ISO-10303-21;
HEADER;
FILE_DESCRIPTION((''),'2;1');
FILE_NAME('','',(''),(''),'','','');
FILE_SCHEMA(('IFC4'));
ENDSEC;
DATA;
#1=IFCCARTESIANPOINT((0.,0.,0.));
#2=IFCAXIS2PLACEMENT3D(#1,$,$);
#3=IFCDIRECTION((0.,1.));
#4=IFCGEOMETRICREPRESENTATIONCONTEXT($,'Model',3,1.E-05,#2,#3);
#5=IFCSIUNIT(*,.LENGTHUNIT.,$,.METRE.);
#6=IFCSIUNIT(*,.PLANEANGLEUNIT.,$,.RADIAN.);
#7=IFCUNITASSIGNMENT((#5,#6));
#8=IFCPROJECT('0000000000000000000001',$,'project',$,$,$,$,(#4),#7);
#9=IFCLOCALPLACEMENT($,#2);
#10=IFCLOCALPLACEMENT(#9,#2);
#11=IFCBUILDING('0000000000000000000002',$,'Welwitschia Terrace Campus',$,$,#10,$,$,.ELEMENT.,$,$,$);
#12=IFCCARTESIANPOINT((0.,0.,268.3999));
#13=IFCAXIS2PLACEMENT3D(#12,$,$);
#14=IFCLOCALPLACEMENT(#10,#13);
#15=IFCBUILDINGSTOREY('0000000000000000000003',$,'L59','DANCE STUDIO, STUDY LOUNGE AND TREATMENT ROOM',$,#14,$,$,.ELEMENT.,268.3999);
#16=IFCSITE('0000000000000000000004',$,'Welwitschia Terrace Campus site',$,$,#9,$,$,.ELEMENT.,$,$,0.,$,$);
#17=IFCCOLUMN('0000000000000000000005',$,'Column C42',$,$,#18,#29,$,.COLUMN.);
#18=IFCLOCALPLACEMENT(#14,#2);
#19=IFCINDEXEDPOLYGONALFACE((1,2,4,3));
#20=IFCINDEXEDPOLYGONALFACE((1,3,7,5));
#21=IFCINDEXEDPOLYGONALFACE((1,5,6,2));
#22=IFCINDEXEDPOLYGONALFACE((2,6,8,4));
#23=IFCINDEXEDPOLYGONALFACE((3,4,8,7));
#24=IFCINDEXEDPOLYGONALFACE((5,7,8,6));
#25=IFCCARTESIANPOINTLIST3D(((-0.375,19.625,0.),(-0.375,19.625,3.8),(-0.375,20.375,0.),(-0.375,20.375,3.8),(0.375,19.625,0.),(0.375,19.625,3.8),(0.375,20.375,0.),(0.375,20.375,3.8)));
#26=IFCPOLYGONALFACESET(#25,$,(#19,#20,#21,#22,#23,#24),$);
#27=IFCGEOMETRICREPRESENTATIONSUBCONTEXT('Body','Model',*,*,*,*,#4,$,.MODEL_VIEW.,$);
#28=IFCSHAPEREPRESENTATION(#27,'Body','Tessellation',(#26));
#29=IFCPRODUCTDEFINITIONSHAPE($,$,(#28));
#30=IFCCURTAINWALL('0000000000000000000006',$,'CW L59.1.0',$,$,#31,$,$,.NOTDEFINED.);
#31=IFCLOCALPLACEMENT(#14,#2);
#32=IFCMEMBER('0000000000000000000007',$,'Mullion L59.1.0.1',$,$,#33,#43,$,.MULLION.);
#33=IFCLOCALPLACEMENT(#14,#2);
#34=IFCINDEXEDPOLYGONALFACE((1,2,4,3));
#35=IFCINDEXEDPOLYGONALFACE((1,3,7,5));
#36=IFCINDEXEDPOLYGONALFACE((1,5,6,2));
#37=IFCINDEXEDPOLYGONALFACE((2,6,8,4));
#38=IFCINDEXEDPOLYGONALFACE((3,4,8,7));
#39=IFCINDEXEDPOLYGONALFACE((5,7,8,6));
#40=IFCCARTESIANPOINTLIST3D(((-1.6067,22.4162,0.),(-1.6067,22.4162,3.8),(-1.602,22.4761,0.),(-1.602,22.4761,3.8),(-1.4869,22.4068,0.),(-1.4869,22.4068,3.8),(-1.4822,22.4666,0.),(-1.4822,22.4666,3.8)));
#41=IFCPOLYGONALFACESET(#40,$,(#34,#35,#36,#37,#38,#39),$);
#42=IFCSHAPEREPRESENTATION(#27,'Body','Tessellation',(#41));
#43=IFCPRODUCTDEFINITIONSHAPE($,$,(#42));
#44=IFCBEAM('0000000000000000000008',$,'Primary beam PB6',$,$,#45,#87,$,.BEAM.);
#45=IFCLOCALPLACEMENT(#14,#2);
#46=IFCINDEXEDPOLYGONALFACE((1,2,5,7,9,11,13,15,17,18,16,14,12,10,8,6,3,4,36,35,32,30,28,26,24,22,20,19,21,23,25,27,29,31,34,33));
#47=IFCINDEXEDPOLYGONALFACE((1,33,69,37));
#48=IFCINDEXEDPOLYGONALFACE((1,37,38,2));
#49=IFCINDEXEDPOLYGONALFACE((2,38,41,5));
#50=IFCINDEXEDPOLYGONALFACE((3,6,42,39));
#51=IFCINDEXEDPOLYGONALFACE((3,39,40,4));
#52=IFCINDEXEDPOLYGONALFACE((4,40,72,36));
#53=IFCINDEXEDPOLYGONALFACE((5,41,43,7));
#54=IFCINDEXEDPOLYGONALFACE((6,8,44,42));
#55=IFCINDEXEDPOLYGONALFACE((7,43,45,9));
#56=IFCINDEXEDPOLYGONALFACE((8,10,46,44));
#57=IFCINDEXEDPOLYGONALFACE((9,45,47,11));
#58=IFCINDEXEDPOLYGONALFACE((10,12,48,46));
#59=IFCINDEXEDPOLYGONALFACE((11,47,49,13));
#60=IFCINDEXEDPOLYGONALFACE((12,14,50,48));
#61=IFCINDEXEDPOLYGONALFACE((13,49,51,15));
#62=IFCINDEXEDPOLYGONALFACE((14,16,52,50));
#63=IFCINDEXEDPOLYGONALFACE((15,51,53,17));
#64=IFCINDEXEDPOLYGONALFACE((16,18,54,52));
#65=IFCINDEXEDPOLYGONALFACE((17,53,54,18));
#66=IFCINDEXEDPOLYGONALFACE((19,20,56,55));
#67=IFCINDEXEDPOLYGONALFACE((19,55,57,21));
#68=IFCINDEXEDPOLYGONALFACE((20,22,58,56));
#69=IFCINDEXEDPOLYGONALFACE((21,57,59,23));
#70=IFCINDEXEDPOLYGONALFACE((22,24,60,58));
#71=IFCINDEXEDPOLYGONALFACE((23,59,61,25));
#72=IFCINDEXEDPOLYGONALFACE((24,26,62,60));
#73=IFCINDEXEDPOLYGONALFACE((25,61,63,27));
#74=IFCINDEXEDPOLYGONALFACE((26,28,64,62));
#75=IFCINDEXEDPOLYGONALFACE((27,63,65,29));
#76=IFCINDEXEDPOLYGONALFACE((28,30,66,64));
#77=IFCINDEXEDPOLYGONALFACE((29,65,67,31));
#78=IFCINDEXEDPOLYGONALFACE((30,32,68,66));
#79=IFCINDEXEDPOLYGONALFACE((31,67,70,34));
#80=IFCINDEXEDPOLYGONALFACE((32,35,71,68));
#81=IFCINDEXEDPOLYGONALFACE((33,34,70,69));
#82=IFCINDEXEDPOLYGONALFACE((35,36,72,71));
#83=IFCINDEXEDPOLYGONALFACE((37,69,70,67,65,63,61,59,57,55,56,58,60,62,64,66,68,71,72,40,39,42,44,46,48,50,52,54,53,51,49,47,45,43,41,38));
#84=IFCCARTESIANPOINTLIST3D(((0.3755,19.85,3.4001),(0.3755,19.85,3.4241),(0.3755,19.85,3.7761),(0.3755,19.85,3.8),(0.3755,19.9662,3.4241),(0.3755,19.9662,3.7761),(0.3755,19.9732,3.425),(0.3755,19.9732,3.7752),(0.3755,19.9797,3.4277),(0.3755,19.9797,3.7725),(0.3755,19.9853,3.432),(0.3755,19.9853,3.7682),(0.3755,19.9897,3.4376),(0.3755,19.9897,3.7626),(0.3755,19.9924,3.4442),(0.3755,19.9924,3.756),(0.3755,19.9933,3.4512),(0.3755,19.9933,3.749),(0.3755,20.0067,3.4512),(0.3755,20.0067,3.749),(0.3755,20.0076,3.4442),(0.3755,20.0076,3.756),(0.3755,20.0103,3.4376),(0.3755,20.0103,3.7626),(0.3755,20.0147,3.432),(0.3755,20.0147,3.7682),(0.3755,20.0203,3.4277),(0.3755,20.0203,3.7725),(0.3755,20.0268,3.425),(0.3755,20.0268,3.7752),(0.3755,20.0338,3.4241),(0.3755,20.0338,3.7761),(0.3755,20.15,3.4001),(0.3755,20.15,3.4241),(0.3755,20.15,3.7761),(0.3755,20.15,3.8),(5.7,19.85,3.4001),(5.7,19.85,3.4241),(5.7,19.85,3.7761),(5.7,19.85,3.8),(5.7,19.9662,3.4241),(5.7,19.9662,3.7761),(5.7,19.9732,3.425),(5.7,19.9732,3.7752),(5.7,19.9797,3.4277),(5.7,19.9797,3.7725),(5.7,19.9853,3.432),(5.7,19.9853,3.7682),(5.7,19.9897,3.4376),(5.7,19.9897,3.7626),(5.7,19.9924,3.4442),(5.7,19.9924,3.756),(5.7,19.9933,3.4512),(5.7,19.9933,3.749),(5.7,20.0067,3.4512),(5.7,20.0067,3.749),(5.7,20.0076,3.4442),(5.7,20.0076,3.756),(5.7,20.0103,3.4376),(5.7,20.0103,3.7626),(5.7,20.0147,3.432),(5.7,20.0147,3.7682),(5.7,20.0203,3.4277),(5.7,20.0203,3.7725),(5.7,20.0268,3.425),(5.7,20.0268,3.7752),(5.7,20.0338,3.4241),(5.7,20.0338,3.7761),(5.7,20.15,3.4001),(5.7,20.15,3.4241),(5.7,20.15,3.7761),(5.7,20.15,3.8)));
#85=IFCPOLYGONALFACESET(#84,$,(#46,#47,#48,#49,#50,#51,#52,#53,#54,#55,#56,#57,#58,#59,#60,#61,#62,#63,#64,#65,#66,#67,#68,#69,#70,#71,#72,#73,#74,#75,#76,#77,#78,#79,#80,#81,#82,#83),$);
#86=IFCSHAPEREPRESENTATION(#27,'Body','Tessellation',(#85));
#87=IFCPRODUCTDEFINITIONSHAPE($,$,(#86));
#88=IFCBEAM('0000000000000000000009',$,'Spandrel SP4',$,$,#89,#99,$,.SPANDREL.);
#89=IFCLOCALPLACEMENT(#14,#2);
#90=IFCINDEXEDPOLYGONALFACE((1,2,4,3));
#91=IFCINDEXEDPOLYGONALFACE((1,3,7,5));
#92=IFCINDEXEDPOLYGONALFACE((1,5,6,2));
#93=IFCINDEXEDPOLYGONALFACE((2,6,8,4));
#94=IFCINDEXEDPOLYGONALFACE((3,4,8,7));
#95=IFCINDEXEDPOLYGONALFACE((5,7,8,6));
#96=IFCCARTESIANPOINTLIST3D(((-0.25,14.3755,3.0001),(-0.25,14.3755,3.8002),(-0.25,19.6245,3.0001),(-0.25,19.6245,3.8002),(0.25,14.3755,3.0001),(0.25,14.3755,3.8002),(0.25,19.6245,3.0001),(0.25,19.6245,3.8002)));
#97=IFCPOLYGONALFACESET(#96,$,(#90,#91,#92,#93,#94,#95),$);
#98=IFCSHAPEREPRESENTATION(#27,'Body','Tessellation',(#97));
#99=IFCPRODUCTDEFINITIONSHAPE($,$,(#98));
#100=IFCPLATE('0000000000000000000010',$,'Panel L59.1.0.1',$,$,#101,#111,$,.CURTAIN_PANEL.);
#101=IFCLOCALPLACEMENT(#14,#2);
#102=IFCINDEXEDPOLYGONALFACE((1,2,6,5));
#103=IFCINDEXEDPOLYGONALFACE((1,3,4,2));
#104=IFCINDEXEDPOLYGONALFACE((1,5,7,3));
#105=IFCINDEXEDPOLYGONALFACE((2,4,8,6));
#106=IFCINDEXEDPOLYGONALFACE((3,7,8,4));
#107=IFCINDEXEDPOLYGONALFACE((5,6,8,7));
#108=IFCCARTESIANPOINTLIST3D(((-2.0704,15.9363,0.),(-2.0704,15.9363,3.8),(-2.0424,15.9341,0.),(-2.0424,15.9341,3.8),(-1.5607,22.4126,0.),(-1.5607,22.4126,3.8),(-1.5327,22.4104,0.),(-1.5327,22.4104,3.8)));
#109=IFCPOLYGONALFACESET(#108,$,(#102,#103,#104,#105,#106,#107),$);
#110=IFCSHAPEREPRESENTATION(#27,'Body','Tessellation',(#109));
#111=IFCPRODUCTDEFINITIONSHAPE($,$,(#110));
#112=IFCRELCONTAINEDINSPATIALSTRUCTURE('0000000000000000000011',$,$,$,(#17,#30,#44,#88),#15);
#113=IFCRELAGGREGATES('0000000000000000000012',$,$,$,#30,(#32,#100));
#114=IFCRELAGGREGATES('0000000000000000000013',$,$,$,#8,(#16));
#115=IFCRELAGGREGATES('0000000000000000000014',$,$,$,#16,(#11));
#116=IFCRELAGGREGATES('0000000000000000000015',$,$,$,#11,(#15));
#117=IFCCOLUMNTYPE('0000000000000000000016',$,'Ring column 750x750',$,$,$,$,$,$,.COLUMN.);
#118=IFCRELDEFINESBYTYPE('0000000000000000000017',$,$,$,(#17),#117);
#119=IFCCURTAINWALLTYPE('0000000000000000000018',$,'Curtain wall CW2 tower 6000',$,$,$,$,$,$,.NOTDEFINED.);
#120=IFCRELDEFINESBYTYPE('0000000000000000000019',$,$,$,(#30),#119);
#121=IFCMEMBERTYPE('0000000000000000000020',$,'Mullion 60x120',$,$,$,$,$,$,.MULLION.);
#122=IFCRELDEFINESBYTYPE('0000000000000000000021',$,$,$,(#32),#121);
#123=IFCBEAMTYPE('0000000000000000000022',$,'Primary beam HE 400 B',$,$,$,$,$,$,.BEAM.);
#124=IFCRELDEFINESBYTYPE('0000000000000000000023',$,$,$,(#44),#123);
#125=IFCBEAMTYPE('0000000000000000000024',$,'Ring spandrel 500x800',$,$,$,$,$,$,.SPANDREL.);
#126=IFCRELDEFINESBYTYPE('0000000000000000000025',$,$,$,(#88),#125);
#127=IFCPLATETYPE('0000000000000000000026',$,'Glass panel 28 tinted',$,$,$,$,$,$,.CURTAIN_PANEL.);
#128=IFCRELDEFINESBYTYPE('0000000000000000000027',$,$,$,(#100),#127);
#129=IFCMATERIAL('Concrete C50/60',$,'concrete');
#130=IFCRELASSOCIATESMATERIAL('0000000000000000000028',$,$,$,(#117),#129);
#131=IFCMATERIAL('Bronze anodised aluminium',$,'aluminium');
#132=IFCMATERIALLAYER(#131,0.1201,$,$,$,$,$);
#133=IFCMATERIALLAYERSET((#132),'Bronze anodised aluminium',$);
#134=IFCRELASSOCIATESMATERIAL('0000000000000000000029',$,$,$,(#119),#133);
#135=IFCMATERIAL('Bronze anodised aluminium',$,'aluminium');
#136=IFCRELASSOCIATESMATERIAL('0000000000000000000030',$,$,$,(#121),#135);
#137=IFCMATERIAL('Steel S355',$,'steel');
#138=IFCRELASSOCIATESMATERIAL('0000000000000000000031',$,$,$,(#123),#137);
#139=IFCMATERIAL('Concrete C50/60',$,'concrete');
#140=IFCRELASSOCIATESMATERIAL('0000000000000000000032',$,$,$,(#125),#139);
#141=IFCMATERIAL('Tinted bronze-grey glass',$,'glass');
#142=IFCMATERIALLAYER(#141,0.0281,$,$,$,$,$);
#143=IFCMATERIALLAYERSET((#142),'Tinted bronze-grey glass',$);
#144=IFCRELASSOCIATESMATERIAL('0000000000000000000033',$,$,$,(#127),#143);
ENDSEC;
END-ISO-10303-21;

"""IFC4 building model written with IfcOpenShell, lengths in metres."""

from ifc_helpers import new_model, si_unit, direction, frame, origin, origin_2d, place, context, subcontext, project, spatial, rectangle, i_section, extrude, material, layer, layer_set, material_profile, profile_set, type_object, element, aggregate, save


model = new_model("IFC4")

# Units and contexts
model_context = context("Model", 3, precision=1e-05, world=origin(), true_north=direction((0.0, 1.0)))
body_context = subcontext(model_context, "Body", "Model", "MODEL_VIEW")
ifc_project = project(units=[si_unit("LENGTHUNIT", "METRE"), si_unit("PLANEANGLEUNIT", "RADIAN")], contexts=[model_context])

# Site, building, storey
site_placement = place(None, origin())
site = spatial("IfcSite", under=ifc_project, at=site_placement, Name="Welwitschia Terrace Campus site", CompositionType="ELEMENT", RefElevation=0.0)
building_placement = place(site_placement, origin())
building = spatial("IfcBuilding", under=site, at=building_placement, Name="Welwitschia Terrace Campus", CompositionType="ELEMENT")
storey_placement = place(building_placement, frame((0.0, 0.0, 268.3999)))
storey = spatial("IfcBuildingStorey", under=building, at=storey_placement, Name="L59", Description="DANCE STUDIO, STUDY LOUNGE AND TREATMENT ROOM", CompositionType="ELEMENT", Elevation=268.3999)

# Column
ifc_material_1 = material(Name="Concrete C50/60", Category="concrete")
ifc_material_profile_1 = material_profile(ifc_material_1, rectangle(XDim=0.75, YDim=0.75, at=origin_2d()))
ifc_profile_set_1 = profile_set([ifc_material_profile_1], Name="Concrete C50/60")
column_type = type_object("IfcColumnType", Name="Ring column 750x750", PredefinedType="COLUMN", material=ifc_profile_set_1)
column_placement = place(storey_placement, frame((0.0, 20.0, 0.0), z_axis=(0.0, 0.0, 1.0), x_axis=(1.0, 0.0, 0.0)))
element("IfcColumn", 1, at=column_placement, inside=storey, type_object=column_type, Name="Column C42", PredefinedType="COLUMN", context=body_context, shape_type="SweptSolid", body=[
    extrude(rectangle(XDim=0.75, YDim=0.75, at=origin_2d()), origin(), (0.0, 0.0, 1.0), 3.8),
])

# Curtain wall, member
ifc_material_2 = material(Name="Bronze anodised aluminium", Category="aluminium")
ifc_layer_1 = layer(ifc_material_2, 0.1201)
ifc_layer_set_1 = layer_set([ifc_layer_1], Name="Bronze anodised aluminium")
curtain_wall_type = type_object("IfcCurtainWallType", Name="Curtain wall CW2 tower 6000", PredefinedType="NOTDEFINED", material=ifc_layer_set_1)
curtain_wall_placement = place(storey_placement, origin())
curtain_wall = element("IfcCurtainWall", 2, at=curtain_wall_placement, inside=storey, type_object=curtain_wall_type, Name="CW L59.1.0", PredefinedType="NOTDEFINED")
ifc_material_3 = material(Name="Bronze anodised aluminium", Category="aluminium")
ifc_material_profile_2 = material_profile(ifc_material_3, rectangle(XDim=0.1201, YDim=0.0601, at=origin_2d()))
ifc_profile_set_2 = profile_set([ifc_material_profile_2], Name="Bronze anodised aluminium")
member_type = type_object("IfcMemberType", Name="Mullion 60x120", PredefinedType="MULLION", material=ifc_profile_set_2)
member_placement = place(storey_placement, frame((-1.5444, 22.4414, 0.0), z_axis=(0.0, 0.0, 1.0), x_axis=(0.996917, -0.078459, 0.0)))
member = element("IfcMember", 3, at=member_placement, type_object=member_type, Name="Mullion L59.1.0.1", PredefinedType="MULLION", context=body_context, shape_type="SweptSolid", body=[
    extrude(rectangle(XDim=0.1201, YDim=0.0601, at=origin_2d()), origin(), (0.0, 0.0, 1.0), 3.8),
])

# Beams
ifc_material_4 = material(Name="Steel S355", Category="steel")
ifc_material_profile_3 = material_profile(ifc_material_4, i_section(OverallWidth=0.3, OverallDepth=0.3999, WebThickness=0.0134, FlangeThickness=0.0239, FilletRadius=0.0271, at=origin_2d()))
ifc_profile_set_3 = profile_set([ifc_material_profile_3], Name="Steel S355")
beam_type_1 = type_object("IfcBeamType", Name="Primary beam HE 400 B", PredefinedType="BEAM", material=ifc_profile_set_3)
beam_1_placement = place(storey_placement, frame((0.3755, 20.0, 3.6001), z_axis=(1.0, 0.0, 0.0), x_axis=(0.0, 1.0, 0.0)))
element("IfcBeam", 4, at=beam_1_placement, inside=storey, type_object=beam_type_1, Name="Primary beam PB6", PredefinedType="BEAM", context=body_context, shape_type="SweptSolid", body=[
    extrude(i_section(OverallWidth=0.3, OverallDepth=0.3999, WebThickness=0.0134, FlangeThickness=0.0239, FilletRadius=0.0271, at=origin_2d()), origin(), (0.0, 0.0, 1.0), 5.3245),
])
ifc_material_5 = material(Name="Concrete C50/60", Category="concrete")
ifc_material_profile_4 = material_profile(ifc_material_5, rectangle(XDim=0.5, YDim=0.8, at=origin_2d()))
ifc_profile_set_4 = profile_set([ifc_material_profile_4], Name="Concrete C50/60")
beam_type_2 = type_object("IfcBeamType", Name="Ring spandrel 500x800", PredefinedType="SPANDREL", material=ifc_profile_set_4)
beam_2_placement = place(storey_placement, frame((0.0, 19.6245, 3.4001), z_axis=(0.0, -1.0, 0.0), x_axis=(1.0, 0.0, 0.0)))
element("IfcBeam", 5, at=beam_2_placement, inside=storey, type_object=beam_type_2, Name="Spandrel SP4", PredefinedType="SPANDREL", context=body_context, shape_type="SweptSolid", body=[
    extrude(rectangle(XDim=0.5, YDim=0.8, at=origin_2d()), origin(), (0.0, 0.0, 1.0), 5.249),
])

# Plate
ifc_material_6 = material(Name="Tinted bronze-grey glass", Category="glass")
ifc_layer_2 = layer(ifc_material_6, 0.0281)
ifc_layer_set_2 = layer_set([ifc_layer_2], Name="Tinted bronze-grey glass")
plate_type = type_object("IfcPlateType", Name="Glass panel 28 tinted", PredefinedType="CURTAIN_PANEL", material=ifc_layer_set_2)
plate_placement = place(storey_placement, frame((-1.8015, 19.1733, 0.0), z_axis=(0.0, 0.0, 1.0), x_axis=(-0.078459, -0.996917, 0.0)))
plate = element("IfcPlate", 6, at=plate_placement, type_object=plate_type, Name="Panel L59.1.0.1", PredefinedType="CURTAIN_PANEL", context=body_context, shape_type="SweptSolid", body=[
    extrude(rectangle(XDim=6.4963, YDim=0.0281, at=origin_2d()), origin(), (0.0, 0.0, 1.0), 3.8),
])
aggregate(curtain_wall, [member, plate])

save(model, "model.ifc")
